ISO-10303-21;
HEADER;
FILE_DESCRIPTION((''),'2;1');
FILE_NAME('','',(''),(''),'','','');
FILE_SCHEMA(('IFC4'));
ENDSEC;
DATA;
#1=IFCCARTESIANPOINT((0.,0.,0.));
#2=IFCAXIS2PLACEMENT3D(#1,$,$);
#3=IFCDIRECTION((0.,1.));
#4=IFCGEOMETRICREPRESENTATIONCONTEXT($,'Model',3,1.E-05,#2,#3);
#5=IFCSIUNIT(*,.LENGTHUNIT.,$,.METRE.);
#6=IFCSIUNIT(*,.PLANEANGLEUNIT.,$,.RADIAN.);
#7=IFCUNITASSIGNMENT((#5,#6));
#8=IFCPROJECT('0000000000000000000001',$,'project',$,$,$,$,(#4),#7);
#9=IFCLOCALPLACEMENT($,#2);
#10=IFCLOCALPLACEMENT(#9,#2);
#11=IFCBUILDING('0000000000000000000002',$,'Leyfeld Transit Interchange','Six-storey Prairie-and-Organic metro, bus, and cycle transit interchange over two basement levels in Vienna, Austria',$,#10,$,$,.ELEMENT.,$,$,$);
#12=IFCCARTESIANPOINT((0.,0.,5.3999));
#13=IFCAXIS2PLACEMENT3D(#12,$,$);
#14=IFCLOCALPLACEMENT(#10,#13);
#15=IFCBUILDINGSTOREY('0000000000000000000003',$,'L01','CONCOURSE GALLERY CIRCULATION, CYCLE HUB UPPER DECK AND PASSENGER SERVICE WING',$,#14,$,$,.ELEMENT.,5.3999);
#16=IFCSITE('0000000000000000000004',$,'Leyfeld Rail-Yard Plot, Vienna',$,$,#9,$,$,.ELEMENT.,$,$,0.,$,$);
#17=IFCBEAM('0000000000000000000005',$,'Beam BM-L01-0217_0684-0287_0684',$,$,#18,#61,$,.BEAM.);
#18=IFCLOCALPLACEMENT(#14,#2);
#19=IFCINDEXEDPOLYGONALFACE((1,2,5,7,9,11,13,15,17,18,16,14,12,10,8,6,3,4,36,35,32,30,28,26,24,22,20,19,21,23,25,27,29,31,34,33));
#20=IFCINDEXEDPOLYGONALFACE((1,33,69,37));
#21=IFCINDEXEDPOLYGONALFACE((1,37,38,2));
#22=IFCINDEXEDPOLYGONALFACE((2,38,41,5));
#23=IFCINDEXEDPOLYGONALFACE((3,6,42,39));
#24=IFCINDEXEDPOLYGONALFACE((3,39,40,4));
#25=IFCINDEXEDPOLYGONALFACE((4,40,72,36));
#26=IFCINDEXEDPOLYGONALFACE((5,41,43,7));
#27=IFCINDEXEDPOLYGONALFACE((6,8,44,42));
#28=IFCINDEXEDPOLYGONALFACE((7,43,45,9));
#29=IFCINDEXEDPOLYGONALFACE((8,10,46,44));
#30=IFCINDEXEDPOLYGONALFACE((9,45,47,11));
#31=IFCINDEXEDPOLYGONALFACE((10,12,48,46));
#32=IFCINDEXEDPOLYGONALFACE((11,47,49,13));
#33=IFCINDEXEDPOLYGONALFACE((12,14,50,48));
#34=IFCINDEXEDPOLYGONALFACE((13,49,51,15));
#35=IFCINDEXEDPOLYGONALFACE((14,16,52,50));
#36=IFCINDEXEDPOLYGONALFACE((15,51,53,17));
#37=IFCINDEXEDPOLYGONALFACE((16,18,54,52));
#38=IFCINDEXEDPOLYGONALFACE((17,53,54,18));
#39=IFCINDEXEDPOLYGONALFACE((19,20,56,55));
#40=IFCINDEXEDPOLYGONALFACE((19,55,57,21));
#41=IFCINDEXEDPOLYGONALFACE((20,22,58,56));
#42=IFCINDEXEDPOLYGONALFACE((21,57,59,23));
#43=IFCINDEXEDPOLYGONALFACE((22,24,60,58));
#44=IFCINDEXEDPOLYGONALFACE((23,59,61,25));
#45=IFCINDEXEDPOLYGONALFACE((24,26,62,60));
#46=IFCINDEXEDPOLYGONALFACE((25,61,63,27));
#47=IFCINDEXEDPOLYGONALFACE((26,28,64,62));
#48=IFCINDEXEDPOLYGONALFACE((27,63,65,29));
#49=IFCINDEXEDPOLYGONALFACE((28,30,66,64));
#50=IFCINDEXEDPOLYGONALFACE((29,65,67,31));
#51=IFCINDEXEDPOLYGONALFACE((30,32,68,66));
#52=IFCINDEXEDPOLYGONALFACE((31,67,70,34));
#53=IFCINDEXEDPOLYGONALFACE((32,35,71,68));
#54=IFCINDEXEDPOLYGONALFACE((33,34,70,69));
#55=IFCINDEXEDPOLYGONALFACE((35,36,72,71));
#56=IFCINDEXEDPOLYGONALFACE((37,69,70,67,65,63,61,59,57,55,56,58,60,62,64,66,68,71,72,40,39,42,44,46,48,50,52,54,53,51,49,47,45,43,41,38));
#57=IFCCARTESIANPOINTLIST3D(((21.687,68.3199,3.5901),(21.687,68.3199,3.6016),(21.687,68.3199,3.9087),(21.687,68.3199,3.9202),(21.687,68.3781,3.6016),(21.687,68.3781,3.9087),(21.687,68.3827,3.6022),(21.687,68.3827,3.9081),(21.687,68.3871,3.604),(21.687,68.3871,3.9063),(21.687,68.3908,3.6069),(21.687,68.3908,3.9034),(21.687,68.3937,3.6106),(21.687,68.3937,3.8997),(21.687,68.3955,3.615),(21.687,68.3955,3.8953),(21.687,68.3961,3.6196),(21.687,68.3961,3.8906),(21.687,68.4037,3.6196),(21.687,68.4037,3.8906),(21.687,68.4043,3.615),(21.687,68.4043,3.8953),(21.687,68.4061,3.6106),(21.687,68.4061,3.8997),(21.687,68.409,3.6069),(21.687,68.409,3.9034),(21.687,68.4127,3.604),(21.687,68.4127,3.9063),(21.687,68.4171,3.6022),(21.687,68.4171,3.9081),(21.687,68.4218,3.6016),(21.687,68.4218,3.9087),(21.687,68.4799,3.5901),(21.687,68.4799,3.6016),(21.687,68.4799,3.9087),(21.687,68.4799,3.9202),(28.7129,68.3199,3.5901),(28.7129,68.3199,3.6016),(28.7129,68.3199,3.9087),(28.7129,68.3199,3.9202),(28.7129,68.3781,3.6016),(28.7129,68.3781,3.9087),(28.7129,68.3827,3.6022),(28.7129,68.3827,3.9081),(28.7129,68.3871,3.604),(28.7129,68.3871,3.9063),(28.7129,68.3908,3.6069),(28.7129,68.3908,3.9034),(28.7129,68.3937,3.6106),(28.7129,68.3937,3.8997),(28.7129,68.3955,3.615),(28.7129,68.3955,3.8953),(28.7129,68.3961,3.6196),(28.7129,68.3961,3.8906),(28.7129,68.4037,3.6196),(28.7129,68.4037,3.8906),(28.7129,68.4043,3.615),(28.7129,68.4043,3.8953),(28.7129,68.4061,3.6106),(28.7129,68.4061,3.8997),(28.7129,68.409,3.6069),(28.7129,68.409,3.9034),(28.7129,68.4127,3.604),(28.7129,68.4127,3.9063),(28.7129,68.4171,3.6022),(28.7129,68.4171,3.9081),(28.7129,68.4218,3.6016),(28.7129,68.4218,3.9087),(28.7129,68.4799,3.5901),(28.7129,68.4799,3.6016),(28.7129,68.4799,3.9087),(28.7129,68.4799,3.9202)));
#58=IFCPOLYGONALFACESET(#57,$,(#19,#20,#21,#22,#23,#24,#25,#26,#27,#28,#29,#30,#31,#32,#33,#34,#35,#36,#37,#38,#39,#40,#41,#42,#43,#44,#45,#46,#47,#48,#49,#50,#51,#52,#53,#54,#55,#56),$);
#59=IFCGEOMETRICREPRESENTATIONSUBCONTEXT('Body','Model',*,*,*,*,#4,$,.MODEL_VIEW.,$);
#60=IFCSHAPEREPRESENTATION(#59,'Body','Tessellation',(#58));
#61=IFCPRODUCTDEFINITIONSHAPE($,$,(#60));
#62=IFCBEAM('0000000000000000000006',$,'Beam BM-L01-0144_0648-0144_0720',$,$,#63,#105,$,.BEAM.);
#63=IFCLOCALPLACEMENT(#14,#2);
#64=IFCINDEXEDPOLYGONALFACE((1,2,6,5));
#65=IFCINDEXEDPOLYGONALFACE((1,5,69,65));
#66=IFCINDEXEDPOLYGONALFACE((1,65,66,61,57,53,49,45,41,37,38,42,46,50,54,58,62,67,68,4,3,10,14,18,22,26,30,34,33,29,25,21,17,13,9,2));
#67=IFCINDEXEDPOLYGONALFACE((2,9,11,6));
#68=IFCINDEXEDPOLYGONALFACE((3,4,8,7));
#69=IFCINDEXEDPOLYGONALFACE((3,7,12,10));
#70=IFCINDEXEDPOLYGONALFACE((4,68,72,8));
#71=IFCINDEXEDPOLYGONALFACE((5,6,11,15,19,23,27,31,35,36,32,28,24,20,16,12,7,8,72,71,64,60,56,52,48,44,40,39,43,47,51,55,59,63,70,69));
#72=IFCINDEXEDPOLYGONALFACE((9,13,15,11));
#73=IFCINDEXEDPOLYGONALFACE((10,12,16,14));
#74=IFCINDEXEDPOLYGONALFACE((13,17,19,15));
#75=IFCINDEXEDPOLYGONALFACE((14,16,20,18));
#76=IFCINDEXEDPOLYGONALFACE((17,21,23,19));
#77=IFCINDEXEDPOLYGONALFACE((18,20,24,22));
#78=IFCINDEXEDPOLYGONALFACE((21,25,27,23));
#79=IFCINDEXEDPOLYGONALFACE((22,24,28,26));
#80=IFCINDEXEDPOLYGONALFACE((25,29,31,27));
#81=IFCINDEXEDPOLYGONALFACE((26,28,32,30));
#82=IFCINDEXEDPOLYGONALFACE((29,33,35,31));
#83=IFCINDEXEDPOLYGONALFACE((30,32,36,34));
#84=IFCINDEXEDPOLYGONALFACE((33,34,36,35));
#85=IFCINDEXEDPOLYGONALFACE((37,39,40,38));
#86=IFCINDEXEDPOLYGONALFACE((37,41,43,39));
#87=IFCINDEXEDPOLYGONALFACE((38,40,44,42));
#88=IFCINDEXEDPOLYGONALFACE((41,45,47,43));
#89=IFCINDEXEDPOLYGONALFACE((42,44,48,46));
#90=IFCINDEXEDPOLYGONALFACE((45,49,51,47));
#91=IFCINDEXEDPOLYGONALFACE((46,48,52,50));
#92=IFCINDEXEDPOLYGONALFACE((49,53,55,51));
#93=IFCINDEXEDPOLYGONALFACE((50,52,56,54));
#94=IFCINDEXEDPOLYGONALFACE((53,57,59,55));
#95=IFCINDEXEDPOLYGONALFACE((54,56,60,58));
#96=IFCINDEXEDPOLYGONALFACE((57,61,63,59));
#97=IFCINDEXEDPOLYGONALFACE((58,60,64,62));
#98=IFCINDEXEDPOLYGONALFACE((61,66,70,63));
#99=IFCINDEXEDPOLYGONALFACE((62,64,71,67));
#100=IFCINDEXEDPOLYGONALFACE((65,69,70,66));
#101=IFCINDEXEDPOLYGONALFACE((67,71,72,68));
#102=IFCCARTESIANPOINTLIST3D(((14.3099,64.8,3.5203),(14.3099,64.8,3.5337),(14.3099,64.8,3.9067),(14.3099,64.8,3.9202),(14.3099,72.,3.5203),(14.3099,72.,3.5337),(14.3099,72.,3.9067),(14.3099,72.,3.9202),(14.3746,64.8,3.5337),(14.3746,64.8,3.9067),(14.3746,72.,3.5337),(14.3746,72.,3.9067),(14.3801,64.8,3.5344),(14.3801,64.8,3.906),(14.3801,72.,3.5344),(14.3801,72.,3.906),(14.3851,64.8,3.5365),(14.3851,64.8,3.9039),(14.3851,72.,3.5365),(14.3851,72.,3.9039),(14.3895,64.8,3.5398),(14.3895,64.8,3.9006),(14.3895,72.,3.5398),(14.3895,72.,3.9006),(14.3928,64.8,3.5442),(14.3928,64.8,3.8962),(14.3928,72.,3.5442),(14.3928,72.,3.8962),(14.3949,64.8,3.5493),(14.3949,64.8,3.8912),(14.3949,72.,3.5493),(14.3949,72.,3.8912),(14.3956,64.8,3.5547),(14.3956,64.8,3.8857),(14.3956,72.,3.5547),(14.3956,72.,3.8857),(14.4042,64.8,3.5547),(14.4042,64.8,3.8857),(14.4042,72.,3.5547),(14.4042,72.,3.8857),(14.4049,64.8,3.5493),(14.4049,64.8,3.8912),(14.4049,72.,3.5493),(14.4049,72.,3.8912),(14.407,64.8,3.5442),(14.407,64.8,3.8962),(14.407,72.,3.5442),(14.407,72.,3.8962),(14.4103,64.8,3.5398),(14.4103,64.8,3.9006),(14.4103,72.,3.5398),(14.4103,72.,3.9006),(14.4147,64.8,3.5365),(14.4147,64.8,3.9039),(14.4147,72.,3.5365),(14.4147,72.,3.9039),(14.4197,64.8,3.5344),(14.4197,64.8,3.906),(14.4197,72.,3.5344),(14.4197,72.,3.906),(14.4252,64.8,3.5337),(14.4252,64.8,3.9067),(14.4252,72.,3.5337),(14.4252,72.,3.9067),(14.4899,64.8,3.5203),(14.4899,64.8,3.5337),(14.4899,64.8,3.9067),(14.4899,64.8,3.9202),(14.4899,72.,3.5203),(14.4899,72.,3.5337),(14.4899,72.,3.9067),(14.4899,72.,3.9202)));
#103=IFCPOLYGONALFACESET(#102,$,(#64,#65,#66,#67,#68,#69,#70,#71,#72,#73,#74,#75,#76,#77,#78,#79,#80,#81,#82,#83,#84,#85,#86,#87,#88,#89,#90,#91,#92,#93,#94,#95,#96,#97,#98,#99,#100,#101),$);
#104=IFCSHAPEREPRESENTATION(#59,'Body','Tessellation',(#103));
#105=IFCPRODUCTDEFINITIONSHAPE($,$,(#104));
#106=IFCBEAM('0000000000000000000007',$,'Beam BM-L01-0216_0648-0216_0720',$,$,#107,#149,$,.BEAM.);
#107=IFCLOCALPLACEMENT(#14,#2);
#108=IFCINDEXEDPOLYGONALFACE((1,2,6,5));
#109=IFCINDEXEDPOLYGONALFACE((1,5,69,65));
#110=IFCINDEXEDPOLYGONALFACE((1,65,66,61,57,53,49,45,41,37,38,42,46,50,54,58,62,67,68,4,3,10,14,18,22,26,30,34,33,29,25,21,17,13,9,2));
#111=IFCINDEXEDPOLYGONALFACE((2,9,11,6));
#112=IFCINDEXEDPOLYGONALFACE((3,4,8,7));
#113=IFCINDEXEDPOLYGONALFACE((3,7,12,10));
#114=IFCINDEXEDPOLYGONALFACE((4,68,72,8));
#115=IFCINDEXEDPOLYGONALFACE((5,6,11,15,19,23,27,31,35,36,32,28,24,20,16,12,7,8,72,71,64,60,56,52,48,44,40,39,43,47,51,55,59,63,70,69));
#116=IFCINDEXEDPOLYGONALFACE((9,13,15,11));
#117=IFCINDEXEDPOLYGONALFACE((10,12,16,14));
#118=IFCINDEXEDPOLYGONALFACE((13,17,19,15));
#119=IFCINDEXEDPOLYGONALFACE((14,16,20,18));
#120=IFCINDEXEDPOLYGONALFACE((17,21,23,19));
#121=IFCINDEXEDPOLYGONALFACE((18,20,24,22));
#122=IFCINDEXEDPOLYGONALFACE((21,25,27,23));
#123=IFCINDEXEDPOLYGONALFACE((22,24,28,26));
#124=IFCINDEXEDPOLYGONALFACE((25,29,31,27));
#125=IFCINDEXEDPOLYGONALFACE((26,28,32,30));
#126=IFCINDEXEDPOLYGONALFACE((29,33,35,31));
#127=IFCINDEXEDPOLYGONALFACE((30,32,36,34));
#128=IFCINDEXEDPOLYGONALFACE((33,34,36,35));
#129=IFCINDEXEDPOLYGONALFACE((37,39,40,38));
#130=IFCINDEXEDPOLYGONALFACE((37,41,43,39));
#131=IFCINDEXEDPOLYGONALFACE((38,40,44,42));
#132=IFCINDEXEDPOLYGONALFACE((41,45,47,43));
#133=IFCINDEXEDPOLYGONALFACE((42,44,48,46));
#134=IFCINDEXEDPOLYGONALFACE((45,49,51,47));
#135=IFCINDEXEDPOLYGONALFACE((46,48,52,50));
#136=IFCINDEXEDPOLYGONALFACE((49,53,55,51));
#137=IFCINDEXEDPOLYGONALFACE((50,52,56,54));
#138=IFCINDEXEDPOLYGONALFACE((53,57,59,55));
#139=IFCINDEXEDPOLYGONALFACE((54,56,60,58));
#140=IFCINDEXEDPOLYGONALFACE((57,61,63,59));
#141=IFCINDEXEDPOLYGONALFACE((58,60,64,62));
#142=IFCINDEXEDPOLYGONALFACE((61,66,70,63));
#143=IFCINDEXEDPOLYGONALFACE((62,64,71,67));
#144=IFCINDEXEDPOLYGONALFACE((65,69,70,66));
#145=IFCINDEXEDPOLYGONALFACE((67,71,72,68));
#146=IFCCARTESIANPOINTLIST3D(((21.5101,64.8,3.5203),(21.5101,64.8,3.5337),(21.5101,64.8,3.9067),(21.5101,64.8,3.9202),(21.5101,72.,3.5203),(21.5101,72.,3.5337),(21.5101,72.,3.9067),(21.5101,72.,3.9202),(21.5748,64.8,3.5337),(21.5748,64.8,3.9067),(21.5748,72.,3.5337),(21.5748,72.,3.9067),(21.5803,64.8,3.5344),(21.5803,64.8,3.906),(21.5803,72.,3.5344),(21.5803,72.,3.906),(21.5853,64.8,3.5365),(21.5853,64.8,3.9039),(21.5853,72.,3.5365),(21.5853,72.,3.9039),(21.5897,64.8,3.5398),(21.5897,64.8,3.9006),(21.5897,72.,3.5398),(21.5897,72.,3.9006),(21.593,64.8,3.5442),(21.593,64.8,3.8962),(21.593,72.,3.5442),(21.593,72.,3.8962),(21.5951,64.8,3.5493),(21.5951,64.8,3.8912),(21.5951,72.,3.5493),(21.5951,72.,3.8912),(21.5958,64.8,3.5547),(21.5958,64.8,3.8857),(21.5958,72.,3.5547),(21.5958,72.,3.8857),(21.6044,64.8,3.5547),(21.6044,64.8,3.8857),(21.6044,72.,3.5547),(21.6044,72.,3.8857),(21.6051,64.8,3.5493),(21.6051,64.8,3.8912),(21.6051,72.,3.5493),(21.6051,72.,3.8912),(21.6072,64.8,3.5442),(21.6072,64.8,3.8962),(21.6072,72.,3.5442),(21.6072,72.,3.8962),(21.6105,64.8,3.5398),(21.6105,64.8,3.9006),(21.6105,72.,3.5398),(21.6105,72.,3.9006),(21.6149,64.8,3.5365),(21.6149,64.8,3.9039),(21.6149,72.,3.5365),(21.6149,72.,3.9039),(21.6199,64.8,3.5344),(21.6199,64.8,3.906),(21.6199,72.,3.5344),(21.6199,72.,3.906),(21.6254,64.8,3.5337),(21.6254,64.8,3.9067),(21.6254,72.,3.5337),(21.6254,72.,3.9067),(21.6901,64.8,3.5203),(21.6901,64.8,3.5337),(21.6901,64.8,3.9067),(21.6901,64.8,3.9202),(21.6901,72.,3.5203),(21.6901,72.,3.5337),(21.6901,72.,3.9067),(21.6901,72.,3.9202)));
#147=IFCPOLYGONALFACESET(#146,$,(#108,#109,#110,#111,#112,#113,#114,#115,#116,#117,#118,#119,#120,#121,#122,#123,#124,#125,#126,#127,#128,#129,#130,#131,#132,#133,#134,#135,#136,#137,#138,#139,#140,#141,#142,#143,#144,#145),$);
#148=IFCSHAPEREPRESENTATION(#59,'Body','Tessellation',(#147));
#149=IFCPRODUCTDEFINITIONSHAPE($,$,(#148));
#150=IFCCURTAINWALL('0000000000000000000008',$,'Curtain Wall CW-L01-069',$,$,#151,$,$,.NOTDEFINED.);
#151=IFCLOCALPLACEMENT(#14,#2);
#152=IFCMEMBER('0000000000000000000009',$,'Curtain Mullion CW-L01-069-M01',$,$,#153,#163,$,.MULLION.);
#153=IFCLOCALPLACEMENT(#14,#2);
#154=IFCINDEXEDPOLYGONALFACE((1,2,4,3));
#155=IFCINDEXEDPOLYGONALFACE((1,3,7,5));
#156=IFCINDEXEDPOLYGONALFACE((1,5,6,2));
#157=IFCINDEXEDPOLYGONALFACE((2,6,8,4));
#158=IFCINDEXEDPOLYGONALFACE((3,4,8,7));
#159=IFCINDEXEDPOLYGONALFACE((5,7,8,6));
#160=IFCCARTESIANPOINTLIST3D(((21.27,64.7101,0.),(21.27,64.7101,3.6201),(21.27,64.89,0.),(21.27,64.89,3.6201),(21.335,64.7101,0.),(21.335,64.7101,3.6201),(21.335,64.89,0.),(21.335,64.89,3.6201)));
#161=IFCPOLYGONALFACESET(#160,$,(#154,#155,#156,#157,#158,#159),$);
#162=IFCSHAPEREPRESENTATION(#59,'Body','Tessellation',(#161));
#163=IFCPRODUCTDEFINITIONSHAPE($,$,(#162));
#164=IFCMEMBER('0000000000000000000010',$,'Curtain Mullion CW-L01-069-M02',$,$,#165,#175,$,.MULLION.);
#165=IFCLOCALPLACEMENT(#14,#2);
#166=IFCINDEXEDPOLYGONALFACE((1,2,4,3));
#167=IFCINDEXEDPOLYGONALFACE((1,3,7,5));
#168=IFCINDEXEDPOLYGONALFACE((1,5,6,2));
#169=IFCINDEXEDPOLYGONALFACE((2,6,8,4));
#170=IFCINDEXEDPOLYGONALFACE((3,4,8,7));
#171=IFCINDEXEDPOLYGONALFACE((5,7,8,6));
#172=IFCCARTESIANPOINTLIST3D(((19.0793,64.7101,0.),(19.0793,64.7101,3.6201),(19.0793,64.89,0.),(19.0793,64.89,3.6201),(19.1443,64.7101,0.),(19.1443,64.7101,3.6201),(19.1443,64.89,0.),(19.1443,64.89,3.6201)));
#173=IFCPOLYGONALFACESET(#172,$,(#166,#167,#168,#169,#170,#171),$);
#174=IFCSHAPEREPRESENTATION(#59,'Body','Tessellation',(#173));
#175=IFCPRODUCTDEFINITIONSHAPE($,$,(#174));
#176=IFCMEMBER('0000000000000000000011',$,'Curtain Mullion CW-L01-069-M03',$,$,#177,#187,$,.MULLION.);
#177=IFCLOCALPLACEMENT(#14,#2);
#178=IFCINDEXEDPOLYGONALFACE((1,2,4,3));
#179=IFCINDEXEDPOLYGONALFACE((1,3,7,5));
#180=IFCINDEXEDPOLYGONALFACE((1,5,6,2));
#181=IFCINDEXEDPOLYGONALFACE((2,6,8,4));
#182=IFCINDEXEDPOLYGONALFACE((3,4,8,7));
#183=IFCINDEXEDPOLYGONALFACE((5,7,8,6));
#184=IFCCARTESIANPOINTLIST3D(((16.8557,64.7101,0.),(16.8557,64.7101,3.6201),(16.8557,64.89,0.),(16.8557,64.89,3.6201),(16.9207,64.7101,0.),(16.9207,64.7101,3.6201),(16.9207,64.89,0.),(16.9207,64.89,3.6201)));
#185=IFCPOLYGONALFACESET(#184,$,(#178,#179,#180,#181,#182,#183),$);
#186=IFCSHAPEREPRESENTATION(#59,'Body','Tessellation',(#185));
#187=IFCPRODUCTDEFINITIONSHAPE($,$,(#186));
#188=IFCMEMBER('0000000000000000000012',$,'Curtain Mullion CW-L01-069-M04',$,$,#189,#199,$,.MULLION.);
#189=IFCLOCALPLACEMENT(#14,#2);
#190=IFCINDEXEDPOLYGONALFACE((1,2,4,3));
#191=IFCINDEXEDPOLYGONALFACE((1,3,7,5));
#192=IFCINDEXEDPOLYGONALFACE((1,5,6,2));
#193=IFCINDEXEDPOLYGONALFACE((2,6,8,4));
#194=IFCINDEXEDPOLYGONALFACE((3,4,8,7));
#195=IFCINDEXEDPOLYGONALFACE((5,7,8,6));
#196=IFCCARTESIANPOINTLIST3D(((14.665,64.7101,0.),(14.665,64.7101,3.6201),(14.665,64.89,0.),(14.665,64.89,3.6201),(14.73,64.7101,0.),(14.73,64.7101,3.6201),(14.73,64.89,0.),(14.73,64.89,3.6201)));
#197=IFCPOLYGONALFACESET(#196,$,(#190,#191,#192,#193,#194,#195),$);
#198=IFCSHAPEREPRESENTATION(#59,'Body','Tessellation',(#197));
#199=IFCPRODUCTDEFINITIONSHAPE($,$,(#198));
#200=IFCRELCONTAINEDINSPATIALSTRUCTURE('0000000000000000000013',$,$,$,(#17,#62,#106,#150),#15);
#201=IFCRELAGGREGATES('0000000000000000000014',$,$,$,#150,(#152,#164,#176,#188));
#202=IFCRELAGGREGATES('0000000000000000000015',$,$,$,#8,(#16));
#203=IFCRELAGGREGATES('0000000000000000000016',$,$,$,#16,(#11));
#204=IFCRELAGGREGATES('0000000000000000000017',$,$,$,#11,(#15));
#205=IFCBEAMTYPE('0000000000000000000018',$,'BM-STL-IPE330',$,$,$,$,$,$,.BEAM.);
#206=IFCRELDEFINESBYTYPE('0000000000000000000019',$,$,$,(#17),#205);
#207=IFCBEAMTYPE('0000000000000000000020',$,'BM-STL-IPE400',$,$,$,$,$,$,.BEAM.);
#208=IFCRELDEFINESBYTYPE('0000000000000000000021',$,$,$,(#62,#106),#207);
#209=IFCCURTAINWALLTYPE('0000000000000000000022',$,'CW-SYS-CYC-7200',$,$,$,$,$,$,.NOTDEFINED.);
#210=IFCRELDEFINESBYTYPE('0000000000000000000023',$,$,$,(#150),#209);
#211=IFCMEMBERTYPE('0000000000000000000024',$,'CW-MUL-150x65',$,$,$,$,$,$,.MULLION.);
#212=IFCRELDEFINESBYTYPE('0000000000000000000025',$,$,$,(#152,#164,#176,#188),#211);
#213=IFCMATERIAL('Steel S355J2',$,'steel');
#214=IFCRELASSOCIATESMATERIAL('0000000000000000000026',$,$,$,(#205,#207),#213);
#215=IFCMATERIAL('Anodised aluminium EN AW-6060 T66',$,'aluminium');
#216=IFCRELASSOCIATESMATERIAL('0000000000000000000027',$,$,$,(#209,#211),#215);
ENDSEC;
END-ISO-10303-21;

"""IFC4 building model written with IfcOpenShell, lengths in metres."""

from ifc_helpers import new_model, si_unit, direction, frame, origin, origin_2d, place, context, subcontext, project, spatial, rectangle, i_section, extrude, material, material_profile, profile_set, type_object, element, aggregate, save


model = new_model("IFC4")

# Units and contexts
model_context = context("Model", 3, precision=1e-05, world=origin(), true_north=direction((0.0, 1.0)))
body_context = subcontext(model_context, "Body", "Model", "MODEL_VIEW")
ifc_project = project(units=[si_unit("LENGTHUNIT", "METRE"), si_unit("PLANEANGLEUNIT", "RADIAN")], contexts=[model_context])

# Site, building, storey
site_placement = place(None, origin())
site = spatial("IfcSite", under=ifc_project, at=site_placement, Name="Leyfeld Rail-Yard Plot, Vienna", CompositionType="ELEMENT", RefElevation=0.0)
building_placement = place(site_placement, origin())
building = spatial("IfcBuilding", under=site, at=building_placement, Name="Leyfeld Transit Interchange", Description="Six-storey Prairie-and-Organic metro, bus, and cycle transit interchange over two basement levels in Vienna, Austria", CompositionType="ELEMENT")
storey_placement = place(building_placement, frame((0.0, 0.0, 5.3999)))
storey = spatial("IfcBuildingStorey", under=building, at=storey_placement, Name="L01", Description="CONCOURSE GALLERY CIRCULATION, CYCLE HUB UPPER DECK AND PASSENGER SERVICE WING", CompositionType="ELEMENT", Elevation=5.3999)

# Beams
ifc_material_1 = material(Name="Steel S355J2", Category="steel")
ifc_material_profile_1 = material_profile(ifc_material_1, i_section(OverallWidth=0.1599, OverallDepth=0.3301, WebThickness=0.0076, FlangeThickness=0.0115, FilletRadius=0.0181, at=origin_2d()), Name="IPE 330")
ifc_profile_set_1 = profile_set([ifc_material_profile_1], Name="Steel S355J2")
beam_type_1 = type_object("IfcBeamType", Name="BM-STL-IPE330", PredefinedType="BEAM", material=ifc_profile_set_1)
for number, where, z_axis, x_axis, name in (
    (1, (21.687, 68.3999, 3.7551), (1.0, 0.0, 0.0), (0.0, 1.0, 0.0), "Beam BM-L01-0217_0684-0287_0684"),
):
    element("IfcBeam", number, at=place(storey_placement, frame(where, z_axis=z_axis, x_axis=x_axis)), inside=storey, type_object=beam_type_1, Name=name, PredefinedType="BEAM", context=body_context, shape_type="SweptSolid", body=[
        extrude(i_section(OverallWidth=0.1599, OverallDepth=0.3301, WebThickness=0.0076, FlangeThickness=0.0115, FilletRadius=0.0181, at=origin_2d()), origin(), (0.0, 0.0, 1.0), 7.0259),
    ])
ifc_material_profile_2 = material_profile(ifc_material_1, i_section(OverallWidth=0.1799, OverallDepth=0.3999, WebThickness=0.0085, FlangeThickness=0.0134, FilletRadius=0.021, at=origin_2d()), Name="IPE 400")
ifc_profile_set_2 = profile_set([ifc_material_profile_2], Name="Steel S355J2")
beam_type_2 = type_object("IfcBeamType", Name="BM-STL-IPE400", PredefinedType="BEAM", material=ifc_profile_set_2)
for number, where, z_axis, x_axis, name in (
    (2, (14.3999, 64.8, 3.7202), (0.0, 1.0, 0.0), (-1.0, 0.0, 0.0), "Beam BM-L01-0144_0648-0144_0720"),
    (3, (21.6001, 64.8, 3.7202), (0.0, 1.0, 0.0), (-1.0, 0.0, 0.0), "Beam BM-L01-0216_0648-0216_0720"),
):
    element("IfcBeam", number, at=place(storey_placement, frame(where, z_axis=z_axis, x_axis=x_axis)), inside=storey, type_object=beam_type_2, Name=name, PredefinedType="BEAM", context=body_context, shape_type="SweptSolid", body=[
        extrude(i_section(OverallWidth=0.1799, OverallDepth=0.3999, WebThickness=0.0085, FlangeThickness=0.0134, FilletRadius=0.021, at=origin_2d()), origin(), (0.0, 0.0, 1.0), 7.2),
    ])

# Curtain wall, members
ifc_material_2 = material(Name="Anodised aluminium EN AW-6060 T66", Category="aluminium")
curtain_wall_type = type_object("IfcCurtainWallType", Name="CW-SYS-CYC-7200", PredefinedType="NOTDEFINED", material=ifc_material_2)
curtain_wall_placement = place(storey_placement, origin())
curtain_wall = element("IfcCurtainWall", 4, at=curtain_wall_placement, inside=storey, type_object=curtain_wall_type, Name="Curtain Wall CW-L01-069", PredefinedType="NOTDEFINED")
ifc_material_profile_3 = material_profile(ifc_material_2, rectangle(XDim=0.0649, YDim=0.1799, at=origin_2d()), Name="CW-M 65x180")
ifc_profile_set_3 = profile_set([ifc_material_profile_3], Name="Anodised aluminium EN AW-6060 T66")
member_type_1 = type_object("IfcMemberType", Name="CW-MUL-150x65", PredefinedType="MULLION", material=ifc_profile_set_3)
member_1_placement = place(storey_placement, frame((21.3025, 64.8, 0.0), z_axis=(0.0, 0.0, 1.0), x_axis=(-1.0, 0.0, 0.0)))
member_1 = element("IfcMember", 5, at=member_1_placement, type_object=member_type_1, Name="Curtain Mullion CW-L01-069-M01", PredefinedType="MULLION", context=body_context, shape_type="SweptSolid", body=[
    extrude(rectangle(XDim=0.0649, YDim=0.1799, at=origin_2d()), origin(), (0.0, 0.0, 1.0), 3.6201),
])
member_2_placement = place(storey_placement, frame((19.1118, 64.8, 0.0), z_axis=(0.0, 0.0, 1.0), x_axis=(-1.0, 0.0, 0.0)))
member_2 = element("IfcMember", 6, at=member_2_placement, type_object=member_type_1, Name="Curtain Mullion CW-L01-069-M02", PredefinedType="MULLION", context=body_context, shape_type="SweptSolid", body=[
    extrude(rectangle(XDim=0.0649, YDim=0.1799, at=origin_2d()), origin(), (0.0, 0.0, 1.0), 3.6201),
])
member_3_placement = place(storey_placement, frame((16.8882, 64.8, 0.0), z_axis=(0.0, 0.0, 1.0), x_axis=(-1.0, 0.0, 0.0)))
member_3 = element("IfcMember", 7, at=member_3_placement, type_object=member_type_1, Name="Curtain Mullion CW-L01-069-M03", PredefinedType="MULLION", context=body_context, shape_type="SweptSolid", body=[
    extrude(rectangle(XDim=0.0649, YDim=0.1799, at=origin_2d()), origin(), (0.0, 0.0, 1.0), 3.6201),
])
member_4_placement = place(storey_placement, frame((14.6975, 64.8, 0.0), z_axis=(0.0, 0.0, 1.0), x_axis=(-1.0, 0.0, 0.0)))
member_4 = element("IfcMember", 8, at=member_4_placement, type_object=member_type_1, Name="Curtain Mullion CW-L01-069-M04", PredefinedType="MULLION", context=body_context, shape_type="SweptSolid", body=[
    extrude(rectangle(XDim=0.0649, YDim=0.1799, at=origin_2d()), origin(), (0.0, 0.0, 1.0), 3.6201),
])
aggregate(curtain_wall, [member_1, member_2, member_3, member_4])

save(model, "model.ifc")
